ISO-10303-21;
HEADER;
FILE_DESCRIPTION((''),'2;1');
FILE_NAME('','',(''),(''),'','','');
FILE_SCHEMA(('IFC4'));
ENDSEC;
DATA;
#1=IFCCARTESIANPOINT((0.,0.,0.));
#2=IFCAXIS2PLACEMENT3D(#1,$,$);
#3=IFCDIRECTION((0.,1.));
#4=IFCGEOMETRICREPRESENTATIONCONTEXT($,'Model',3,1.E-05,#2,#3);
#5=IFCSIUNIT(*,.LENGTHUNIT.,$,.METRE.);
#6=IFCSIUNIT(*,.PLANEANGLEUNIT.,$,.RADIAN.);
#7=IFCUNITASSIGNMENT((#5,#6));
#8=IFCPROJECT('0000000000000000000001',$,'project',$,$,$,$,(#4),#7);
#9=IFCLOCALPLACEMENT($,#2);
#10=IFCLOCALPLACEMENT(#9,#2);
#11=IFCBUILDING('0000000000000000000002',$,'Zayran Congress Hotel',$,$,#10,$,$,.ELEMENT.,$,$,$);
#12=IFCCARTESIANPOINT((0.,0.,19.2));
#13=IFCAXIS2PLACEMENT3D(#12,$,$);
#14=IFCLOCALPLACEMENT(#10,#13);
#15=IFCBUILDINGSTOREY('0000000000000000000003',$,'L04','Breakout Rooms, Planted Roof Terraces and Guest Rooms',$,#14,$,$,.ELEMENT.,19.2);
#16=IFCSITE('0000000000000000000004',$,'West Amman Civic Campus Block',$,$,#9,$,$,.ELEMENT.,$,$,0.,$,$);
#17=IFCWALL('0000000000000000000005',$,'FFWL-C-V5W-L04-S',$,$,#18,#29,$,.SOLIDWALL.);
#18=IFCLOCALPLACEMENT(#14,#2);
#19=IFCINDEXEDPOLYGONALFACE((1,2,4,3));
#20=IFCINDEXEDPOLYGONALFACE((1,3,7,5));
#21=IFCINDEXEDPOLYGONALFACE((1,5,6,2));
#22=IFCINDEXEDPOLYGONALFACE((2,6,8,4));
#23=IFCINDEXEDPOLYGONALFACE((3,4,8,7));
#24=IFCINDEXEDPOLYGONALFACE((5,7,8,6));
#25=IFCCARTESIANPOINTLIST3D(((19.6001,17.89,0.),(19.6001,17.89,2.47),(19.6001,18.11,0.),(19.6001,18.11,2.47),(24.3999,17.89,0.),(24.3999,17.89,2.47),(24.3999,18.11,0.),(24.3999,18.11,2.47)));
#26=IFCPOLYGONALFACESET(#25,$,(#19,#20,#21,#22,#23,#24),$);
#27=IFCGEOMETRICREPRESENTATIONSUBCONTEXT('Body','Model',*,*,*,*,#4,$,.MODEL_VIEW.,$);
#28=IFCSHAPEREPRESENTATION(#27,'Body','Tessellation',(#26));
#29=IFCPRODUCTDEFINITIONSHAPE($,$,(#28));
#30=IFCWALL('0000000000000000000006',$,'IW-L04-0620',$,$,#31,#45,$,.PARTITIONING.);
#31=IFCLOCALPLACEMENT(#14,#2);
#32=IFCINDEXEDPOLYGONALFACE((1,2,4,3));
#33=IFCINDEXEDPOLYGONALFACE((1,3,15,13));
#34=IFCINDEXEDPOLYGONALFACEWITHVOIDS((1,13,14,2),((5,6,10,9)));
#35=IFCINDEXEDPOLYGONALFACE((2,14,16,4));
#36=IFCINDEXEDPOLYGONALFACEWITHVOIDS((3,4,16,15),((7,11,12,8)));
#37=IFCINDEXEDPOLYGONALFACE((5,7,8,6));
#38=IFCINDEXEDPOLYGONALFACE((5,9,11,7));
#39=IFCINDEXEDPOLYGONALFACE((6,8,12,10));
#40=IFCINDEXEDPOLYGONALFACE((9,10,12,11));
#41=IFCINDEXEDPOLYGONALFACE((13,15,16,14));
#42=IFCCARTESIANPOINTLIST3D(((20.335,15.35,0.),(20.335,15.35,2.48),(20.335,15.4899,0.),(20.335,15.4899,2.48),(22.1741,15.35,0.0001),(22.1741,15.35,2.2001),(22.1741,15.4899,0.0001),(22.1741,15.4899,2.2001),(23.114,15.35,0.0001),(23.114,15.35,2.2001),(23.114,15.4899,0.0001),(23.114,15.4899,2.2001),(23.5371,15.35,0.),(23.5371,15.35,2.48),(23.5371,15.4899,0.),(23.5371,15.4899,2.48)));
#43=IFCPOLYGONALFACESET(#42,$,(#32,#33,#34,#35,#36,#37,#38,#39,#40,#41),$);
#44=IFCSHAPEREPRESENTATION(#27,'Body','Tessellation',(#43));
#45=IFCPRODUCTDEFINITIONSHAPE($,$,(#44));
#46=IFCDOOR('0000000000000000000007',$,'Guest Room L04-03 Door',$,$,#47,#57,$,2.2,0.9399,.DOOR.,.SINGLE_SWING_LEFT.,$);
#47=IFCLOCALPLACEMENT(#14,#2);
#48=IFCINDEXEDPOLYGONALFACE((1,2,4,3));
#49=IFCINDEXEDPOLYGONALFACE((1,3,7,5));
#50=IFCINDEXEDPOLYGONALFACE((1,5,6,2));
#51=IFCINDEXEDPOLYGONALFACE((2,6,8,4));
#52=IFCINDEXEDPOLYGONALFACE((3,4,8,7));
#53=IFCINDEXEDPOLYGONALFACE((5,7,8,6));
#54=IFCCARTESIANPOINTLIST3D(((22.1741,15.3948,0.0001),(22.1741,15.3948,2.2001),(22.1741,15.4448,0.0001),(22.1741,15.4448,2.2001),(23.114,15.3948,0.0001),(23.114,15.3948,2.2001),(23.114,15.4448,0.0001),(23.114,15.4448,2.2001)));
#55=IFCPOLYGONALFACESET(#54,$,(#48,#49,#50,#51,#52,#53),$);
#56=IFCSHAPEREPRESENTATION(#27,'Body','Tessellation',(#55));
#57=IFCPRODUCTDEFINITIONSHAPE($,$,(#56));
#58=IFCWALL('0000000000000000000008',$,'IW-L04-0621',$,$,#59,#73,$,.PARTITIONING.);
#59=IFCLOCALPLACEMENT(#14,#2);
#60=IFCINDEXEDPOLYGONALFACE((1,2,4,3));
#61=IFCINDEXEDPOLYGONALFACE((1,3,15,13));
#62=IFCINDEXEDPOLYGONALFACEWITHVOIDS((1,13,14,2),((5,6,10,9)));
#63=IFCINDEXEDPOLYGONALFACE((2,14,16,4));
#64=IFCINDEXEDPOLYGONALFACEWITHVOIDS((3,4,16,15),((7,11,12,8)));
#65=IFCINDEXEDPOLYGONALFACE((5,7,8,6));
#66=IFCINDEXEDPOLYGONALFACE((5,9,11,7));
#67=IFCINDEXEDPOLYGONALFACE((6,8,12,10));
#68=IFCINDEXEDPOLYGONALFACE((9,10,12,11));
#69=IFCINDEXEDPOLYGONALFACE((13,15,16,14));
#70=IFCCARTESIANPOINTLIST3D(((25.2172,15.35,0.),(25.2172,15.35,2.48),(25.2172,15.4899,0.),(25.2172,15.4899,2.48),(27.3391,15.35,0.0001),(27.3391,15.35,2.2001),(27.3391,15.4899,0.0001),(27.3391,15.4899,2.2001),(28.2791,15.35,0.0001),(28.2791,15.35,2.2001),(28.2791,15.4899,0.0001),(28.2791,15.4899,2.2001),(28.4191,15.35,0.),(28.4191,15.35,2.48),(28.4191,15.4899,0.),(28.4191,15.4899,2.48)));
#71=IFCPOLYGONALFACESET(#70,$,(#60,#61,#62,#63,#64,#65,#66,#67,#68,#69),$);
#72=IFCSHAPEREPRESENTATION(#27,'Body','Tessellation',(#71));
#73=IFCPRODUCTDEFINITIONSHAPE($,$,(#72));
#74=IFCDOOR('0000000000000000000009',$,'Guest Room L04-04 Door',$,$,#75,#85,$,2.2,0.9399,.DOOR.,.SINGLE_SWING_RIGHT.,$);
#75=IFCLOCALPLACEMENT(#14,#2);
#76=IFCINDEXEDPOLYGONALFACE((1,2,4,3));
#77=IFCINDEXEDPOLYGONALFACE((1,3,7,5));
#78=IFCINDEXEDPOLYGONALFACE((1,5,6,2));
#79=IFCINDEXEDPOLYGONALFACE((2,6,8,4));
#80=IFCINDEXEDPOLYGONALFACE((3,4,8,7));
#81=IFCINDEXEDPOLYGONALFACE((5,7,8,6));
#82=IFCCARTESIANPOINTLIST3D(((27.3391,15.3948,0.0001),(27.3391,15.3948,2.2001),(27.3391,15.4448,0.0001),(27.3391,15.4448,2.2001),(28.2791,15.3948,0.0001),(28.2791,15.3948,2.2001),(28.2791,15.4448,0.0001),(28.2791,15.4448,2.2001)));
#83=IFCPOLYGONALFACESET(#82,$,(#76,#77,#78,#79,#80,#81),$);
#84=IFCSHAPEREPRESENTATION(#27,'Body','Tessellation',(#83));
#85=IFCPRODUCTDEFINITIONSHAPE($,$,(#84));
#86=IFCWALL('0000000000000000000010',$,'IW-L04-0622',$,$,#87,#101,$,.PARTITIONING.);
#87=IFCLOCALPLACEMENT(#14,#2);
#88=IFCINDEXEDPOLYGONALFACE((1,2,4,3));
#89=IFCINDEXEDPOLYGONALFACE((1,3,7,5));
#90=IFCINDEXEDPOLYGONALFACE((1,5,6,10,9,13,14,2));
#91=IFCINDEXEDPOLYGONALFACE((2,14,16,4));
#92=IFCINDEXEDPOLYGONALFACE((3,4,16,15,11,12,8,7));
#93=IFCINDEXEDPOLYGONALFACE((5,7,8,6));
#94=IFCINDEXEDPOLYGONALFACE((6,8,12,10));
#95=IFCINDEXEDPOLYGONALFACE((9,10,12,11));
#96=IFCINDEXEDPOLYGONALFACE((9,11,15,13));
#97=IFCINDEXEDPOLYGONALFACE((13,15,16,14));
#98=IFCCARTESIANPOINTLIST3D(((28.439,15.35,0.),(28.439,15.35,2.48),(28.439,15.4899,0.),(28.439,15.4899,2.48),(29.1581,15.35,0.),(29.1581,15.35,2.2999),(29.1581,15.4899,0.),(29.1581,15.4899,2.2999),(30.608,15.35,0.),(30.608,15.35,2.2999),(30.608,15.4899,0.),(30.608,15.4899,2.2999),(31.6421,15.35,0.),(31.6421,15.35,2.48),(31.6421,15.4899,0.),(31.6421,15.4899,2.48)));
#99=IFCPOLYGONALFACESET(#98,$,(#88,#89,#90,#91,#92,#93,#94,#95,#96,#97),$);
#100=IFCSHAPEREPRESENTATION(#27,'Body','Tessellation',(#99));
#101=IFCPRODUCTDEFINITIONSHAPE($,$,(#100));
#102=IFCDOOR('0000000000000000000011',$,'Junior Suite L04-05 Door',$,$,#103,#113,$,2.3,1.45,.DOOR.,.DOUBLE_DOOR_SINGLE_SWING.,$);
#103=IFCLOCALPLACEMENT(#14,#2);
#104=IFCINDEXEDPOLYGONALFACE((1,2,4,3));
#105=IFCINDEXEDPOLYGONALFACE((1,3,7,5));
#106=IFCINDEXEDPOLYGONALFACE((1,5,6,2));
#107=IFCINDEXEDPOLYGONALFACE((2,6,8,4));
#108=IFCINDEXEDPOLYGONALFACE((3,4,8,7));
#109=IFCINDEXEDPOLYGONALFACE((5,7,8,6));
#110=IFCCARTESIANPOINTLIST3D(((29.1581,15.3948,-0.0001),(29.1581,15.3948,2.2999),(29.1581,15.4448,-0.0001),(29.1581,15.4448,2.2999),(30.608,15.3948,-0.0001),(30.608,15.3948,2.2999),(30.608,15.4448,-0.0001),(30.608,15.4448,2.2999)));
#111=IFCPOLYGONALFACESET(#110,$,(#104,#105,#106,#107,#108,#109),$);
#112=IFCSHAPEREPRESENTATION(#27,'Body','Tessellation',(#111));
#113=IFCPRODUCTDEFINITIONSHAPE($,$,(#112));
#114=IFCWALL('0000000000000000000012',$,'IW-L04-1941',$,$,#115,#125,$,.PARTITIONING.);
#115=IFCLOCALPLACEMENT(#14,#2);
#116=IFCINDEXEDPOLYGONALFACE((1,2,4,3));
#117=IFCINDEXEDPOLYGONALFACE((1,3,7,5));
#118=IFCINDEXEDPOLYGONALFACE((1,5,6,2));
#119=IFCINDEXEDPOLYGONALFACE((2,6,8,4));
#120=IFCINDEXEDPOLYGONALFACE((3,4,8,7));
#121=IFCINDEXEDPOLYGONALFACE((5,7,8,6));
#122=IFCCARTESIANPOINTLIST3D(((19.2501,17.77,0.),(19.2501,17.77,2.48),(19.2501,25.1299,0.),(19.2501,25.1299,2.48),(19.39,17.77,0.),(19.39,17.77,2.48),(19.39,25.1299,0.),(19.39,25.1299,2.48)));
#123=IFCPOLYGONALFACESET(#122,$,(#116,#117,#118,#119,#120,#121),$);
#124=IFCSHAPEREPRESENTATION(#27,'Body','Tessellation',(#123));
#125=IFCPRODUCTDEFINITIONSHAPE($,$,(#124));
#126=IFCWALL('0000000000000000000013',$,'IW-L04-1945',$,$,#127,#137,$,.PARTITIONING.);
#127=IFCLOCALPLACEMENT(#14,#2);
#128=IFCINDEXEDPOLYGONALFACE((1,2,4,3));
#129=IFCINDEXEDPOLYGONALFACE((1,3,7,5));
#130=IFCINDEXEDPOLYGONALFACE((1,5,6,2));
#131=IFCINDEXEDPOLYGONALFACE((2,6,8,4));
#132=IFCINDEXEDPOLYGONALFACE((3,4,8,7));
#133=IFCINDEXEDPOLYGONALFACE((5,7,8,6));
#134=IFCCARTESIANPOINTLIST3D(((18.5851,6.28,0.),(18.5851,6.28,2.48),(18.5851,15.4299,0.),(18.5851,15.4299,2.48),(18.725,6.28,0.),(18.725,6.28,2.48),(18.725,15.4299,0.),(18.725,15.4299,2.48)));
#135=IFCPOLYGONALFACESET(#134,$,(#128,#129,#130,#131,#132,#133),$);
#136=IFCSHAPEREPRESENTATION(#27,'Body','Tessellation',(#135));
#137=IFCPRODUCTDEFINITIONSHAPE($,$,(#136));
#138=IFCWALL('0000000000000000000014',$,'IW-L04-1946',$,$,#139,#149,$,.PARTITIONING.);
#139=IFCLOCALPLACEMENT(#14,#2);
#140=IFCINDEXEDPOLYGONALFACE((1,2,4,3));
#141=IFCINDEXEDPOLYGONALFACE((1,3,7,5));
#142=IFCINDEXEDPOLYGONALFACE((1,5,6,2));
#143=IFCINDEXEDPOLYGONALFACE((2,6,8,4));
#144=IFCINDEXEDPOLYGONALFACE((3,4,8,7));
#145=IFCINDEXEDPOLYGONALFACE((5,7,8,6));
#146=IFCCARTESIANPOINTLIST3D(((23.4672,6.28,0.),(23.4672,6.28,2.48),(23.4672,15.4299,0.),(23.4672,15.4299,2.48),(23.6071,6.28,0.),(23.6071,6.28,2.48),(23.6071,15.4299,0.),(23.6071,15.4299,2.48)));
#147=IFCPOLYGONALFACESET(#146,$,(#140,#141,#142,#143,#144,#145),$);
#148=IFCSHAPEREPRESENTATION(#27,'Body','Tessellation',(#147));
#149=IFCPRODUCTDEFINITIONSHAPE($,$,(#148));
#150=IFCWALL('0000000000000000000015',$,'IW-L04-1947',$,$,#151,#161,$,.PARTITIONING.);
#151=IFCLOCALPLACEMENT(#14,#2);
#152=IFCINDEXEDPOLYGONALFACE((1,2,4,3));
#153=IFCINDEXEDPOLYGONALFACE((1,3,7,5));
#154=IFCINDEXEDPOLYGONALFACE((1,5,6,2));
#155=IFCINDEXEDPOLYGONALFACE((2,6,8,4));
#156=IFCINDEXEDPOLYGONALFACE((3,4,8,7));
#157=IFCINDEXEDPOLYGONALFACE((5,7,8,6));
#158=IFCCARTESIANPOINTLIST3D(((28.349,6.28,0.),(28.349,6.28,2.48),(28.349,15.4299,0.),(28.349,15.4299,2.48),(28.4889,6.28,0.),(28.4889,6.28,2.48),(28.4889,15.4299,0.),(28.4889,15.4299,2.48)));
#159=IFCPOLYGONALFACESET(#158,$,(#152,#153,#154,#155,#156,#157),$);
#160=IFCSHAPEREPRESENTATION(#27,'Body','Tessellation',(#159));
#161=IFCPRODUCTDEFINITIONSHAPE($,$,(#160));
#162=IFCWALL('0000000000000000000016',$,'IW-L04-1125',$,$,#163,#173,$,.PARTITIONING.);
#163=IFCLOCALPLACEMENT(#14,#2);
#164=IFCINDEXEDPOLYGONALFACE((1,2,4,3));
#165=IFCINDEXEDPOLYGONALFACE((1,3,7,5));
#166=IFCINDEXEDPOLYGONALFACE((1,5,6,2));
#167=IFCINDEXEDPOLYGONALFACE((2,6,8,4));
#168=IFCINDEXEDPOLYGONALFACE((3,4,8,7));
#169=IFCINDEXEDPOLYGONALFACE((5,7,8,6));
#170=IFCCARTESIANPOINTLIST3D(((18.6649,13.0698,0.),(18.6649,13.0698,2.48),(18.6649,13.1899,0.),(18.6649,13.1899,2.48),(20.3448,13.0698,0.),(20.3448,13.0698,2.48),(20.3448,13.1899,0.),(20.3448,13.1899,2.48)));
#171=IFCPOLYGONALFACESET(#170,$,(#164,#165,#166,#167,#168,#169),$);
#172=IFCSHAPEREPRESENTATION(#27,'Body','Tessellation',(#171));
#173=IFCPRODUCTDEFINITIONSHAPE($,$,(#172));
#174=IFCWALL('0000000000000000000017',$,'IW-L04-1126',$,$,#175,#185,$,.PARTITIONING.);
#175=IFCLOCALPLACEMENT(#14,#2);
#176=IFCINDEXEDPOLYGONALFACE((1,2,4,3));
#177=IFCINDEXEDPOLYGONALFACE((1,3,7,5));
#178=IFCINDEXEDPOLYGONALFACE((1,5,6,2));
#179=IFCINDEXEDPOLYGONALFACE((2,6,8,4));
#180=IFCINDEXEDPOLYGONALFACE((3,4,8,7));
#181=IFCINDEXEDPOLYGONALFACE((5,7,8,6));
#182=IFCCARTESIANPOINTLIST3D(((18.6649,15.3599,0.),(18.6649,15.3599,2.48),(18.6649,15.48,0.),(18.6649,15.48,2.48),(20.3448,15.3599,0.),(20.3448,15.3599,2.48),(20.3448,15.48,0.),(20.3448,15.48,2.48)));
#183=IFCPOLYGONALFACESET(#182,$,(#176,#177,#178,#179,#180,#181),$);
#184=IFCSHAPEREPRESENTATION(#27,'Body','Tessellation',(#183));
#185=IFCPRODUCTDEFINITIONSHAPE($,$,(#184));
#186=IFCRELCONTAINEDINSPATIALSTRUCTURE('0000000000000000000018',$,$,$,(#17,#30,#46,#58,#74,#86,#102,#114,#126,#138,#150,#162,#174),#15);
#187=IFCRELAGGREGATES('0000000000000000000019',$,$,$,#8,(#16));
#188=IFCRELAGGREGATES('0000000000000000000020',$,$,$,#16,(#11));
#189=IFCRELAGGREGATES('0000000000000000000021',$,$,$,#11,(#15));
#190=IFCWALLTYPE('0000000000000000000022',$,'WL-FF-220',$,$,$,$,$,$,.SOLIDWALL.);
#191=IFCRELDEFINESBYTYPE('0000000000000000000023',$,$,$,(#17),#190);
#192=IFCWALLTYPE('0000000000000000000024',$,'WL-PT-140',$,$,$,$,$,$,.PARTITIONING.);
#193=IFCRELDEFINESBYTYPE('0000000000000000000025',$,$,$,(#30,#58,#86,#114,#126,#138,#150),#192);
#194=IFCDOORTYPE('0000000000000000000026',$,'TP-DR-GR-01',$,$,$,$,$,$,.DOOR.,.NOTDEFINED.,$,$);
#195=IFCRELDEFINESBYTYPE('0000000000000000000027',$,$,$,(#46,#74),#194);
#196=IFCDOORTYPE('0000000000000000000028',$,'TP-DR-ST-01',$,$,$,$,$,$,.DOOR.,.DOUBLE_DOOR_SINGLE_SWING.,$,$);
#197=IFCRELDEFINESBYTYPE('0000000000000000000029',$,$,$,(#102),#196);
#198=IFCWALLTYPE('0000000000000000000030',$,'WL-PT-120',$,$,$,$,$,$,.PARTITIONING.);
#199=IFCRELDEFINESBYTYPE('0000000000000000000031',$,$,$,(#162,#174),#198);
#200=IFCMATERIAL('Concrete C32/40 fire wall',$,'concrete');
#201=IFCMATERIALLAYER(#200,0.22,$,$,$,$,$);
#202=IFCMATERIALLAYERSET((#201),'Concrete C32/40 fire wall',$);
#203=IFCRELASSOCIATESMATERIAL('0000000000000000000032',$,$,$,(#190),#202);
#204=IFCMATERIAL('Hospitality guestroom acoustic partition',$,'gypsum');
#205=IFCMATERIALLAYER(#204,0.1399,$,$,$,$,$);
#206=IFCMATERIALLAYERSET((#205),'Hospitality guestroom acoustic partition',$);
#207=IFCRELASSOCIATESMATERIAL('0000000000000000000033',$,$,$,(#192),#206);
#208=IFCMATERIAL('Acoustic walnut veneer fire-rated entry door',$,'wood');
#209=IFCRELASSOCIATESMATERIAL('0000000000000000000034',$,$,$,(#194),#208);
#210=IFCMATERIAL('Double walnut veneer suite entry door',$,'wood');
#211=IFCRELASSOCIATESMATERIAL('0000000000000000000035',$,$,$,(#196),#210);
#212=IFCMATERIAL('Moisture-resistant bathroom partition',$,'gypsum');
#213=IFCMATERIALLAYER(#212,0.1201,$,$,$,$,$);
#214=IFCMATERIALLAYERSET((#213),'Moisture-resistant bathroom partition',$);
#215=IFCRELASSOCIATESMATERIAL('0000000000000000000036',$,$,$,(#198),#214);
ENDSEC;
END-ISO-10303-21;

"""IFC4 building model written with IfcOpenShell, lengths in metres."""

from ifc_helpers import new_model, si_unit, direction, frame, frame_2d, origin, place, context, subcontext, project, spatial, rectangle, extrude, material, layer, layer_set, type_object, element, fill, save


model = new_model("IFC4")

# Units and contexts
model_context = context("Model", 3, precision=1e-05, world=origin(), true_north=direction((0.0, 1.0)))
body_context = subcontext(model_context, "Body", "Model", "MODEL_VIEW")
ifc_project = project(units=[si_unit("LENGTHUNIT", "METRE"), si_unit("PLANEANGLEUNIT", "RADIAN")], contexts=[model_context])

# Site, building, storey
site_placement = place(None, origin())
site = spatial("IfcSite", under=ifc_project, at=site_placement, Name="West Amman Civic Campus Block", CompositionType="ELEMENT", RefElevation=0.0)
building_placement = place(site_placement, origin())
building = spatial("IfcBuilding", under=site, at=building_placement, Name="Zayran Congress Hotel", CompositionType="ELEMENT")
storey_placement = place(building_placement, frame((0.0, 0.0, 19.2)))
storey = spatial("IfcBuildingStorey", under=building, at=storey_placement, Name="L04", Description="Breakout Rooms, Planted Roof Terraces and Guest Rooms", CompositionType="ELEMENT", Elevation=19.2)

# Wall
ifc_material_1 = material(Name="Concrete C32/40 fire wall", Category="concrete")
ifc_layer_1 = layer(ifc_material_1, 0.22)
ifc_layer_set_1 = layer_set([ifc_layer_1], Name="Concrete C32/40 fire wall")
wall_type_1 = type_object("IfcWallType", Name="WL-FF-220", PredefinedType="SOLIDWALL", material=ifc_layer_set_1)
wall_1_placement = place(storey_placement, frame((19.6001, 18.0, 0.0), z_axis=(0.0, 0.0, 1.0), x_axis=(1.0, 0.0, 0.0)))
element("IfcWall", 1, at=wall_1_placement, inside=storey, type_object=wall_type_1, Name="FFWL-C-V5W-L04-S", PredefinedType="SOLIDWALL", context=body_context, shape_type="SweptSolid", body=[
    extrude(rectangle(XDim=4.7998, YDim=0.22, at=frame_2d((2.3999, 0.0))), origin(), (0.0, 0.0, 1.0), 2.47),
])

# Walls, openings, doors
ifc_material_2 = material(Name="Hospitality guestroom acoustic partition", Category="gypsum")
ifc_layer_2 = layer(ifc_material_2, 0.1399)
ifc_layer_set_2 = layer_set([ifc_layer_2], Name="Hospitality guestroom acoustic partition")
wall_type_2 = type_object("IfcWallType", Name="WL-PT-140", PredefinedType="PARTITIONING", material=ifc_layer_set_2)
wall_2_placement = place(storey_placement, frame((20.335, 15.4199, 0.0), z_axis=(0.0, 0.0, 1.0), x_axis=(1.0, 0.0, 0.0)))
wall_2 = element("IfcWall", 2, at=wall_2_placement, inside=storey, type_object=wall_type_2, Name="IW-L04-0620", PredefinedType="PARTITIONING", context=body_context, shape_type="SweptSolid", body=[
    extrude(rectangle(XDim=3.2021, YDim=0.1399, at=frame_2d((1.6011, 0.0))), origin(), (0.0, 0.0, 1.0), 2.48),
])
opening_1_placement = place(wall_2_placement, frame((1.8391, 0.0, 0.0)))
opening_1 = element("IfcOpeningElement", 3, at=opening_1_placement, cuts=wall_2, PredefinedType="OPENING", context=body_context, shape_type="SweptSolid", body=[
    extrude(rectangle(XDim=0.9399, YDim=2.2, at=frame_2d((0.47, 1.1001))), frame((0.0, 0.0798, 0.0), z_axis=(0.0, -1.0, 0.0), x_axis=(1.0, 0.0, 0.0)), (0.0, 0.0, 1.0), 0.1599),
])
ifc_material_3 = material(Name="Acoustic walnut veneer fire-rated entry door", Category="wood")
door_type_1 = type_object("IfcDoorType", Name="TP-DR-GR-01", OperationType="NOTDEFINED", PredefinedType="DOOR", material=ifc_material_3)
door_1_placement = place(opening_1_placement, origin())
door_1 = element("IfcDoor", 4, at=door_1_placement, inside=storey, type_object=door_type_1, Name="Guest Room L04-03 Door", OperationType="SINGLE_SWING_LEFT", OverallHeight=2.2, OverallWidth=0.9399, PredefinedType="DOOR", context=body_context, shape_type="SweptSolid", body=[
    extrude(rectangle(XDim=0.9399, YDim=2.2, at=frame_2d((0.47, 1.1001))), frame((0.0, 0.0249, 0.0), z_axis=(0.0, -1.0, 0.0), x_axis=(1.0, 0.0, 0.0)), (0.0, 0.0, 1.0), 0.05),
])
fill(opening_1, door_1)
wall_3_placement = place(storey_placement, frame((25.217, 15.4199, 0.0), z_axis=(0.0, 0.0, 1.0), x_axis=(1.0, 0.0, 0.0)))
wall_3 = element("IfcWall", 5, at=wall_3_placement, inside=storey, type_object=wall_type_2, Name="IW-L04-0621", PredefinedType="PARTITIONING", context=body_context, shape_type="SweptSolid", body=[
    extrude(rectangle(XDim=3.2019, YDim=0.1399, at=frame_2d((1.6011, 0.0))), origin(), (0.0, 0.0, 1.0), 2.48),
])
opening_2_placement = place(wall_3_placement, frame((2.1221, 0.0, 0.0)))
opening_2 = element("IfcOpeningElement", 6, at=opening_2_placement, cuts=wall_3, PredefinedType="OPENING", context=body_context, shape_type="SweptSolid", body=[
    extrude(rectangle(XDim=0.9399, YDim=2.2, at=frame_2d((0.47, 1.1001))), frame((0.0, 0.0798, 0.0), z_axis=(0.0, -1.0, 0.0), x_axis=(1.0, 0.0, 0.0)), (0.0, 0.0, 1.0), 0.1599),
])
door_2_placement = place(opening_2_placement, origin())
door_2 = element("IfcDoor", 7, at=door_2_placement, inside=storey, type_object=door_type_1, Name="Guest Room L04-04 Door", OperationType="SINGLE_SWING_RIGHT", OverallHeight=2.2, OverallWidth=0.9399, PredefinedType="DOOR", context=body_context, shape_type="SweptSolid", body=[
    extrude(rectangle(XDim=0.9399, YDim=2.2, at=frame_2d((0.47, 1.1001))), frame((0.0, 0.0249, 0.0), z_axis=(0.0, -1.0, 0.0), x_axis=(1.0, 0.0, 0.0)), (0.0, 0.0, 1.0), 0.05),
])
fill(opening_2, door_2)
wall_4_placement = place(storey_placement, frame((28.439, 15.4199, 0.0), z_axis=(0.0, 0.0, 1.0), x_axis=(1.0, 0.0, 0.0)))
wall_4 = element("IfcWall", 8, at=wall_4_placement, inside=storey, type_object=wall_type_2, Name="IW-L04-0622", PredefinedType="PARTITIONING", context=body_context, shape_type="SweptSolid", body=[
    extrude(rectangle(XDim=3.2031, YDim=0.1399, at=frame_2d((1.6016, 0.0))), origin(), (0.0, 0.0, 1.0), 2.48),
])
opening_3_placement = place(wall_4_placement, frame((0.719, 0.0, 0.0)))
opening_3 = element("IfcOpeningElement", 9, at=opening_3_placement, cuts=wall_4, PredefinedType="OPENING", context=body_context, shape_type="SweptSolid", body=[
    extrude(rectangle(XDim=1.45, YDim=2.3, at=frame_2d((0.7251, 1.1499))), frame((0.0, 0.0798, 0.0), z_axis=(0.0, -1.0, 0.0), x_axis=(1.0, 0.0, 0.0)), (0.0, 0.0, 1.0), 0.1599),
])
ifc_material_4 = material(Name="Double walnut veneer suite entry door", Category="wood")
door_type_2 = type_object("IfcDoorType", Name="TP-DR-ST-01", OperationType="DOUBLE_DOOR_SINGLE_SWING", PredefinedType="DOOR", material=ifc_material_4)
door_3_placement = place(opening_3_placement, origin())
door_3 = element("IfcDoor", 10, at=door_3_placement, inside=storey, type_object=door_type_2, Name="Junior Suite L04-05 Door", OperationType="DOUBLE_DOOR_SINGLE_SWING", OverallHeight=2.3, OverallWidth=1.45, PredefinedType="DOOR", context=body_context, shape_type="SweptSolid", body=[
    extrude(rectangle(XDim=1.45, YDim=2.3, at=frame_2d((0.7251, 1.1499))), frame((0.0, 0.0249, 0.0), z_axis=(0.0, -1.0, 0.0), x_axis=(1.0, 0.0, 0.0)), (0.0, 0.0, 1.0), 0.05),
])
fill(opening_3, door_3)

# Walls
wall_5_placement = place(storey_placement, frame((19.3201, 17.77, 0.0), z_axis=(0.0, 0.0, 1.0), x_axis=(0.0, 1.0, 0.0)))
element("IfcWall", 11, at=wall_5_placement, inside=storey, type_object=wall_type_2, Name="IW-L04-1941", PredefinedType="PARTITIONING", context=body_context, shape_type="SweptSolid", body=[
    extrude(rectangle(XDim=7.3599, YDim=0.1399, at=frame_2d((3.6799, 0.0))), origin(), (0.0, 0.0, 1.0), 2.48),
])
for number, where, z_axis, x_axis, name in (
    (12, (18.655, 6.28, 0.0), (0.0, 0.0, 1.0), (0.0, 1.0, 0.0), "IW-L04-1945"),
    (13, (23.5371, 6.28, 0.0), (0.0, 0.0, 1.0), (0.0, 1.0, 0.0), "IW-L04-1946"),
    (14, (28.4189, 6.28, 0.0), (0.0, 0.0, 1.0), (0.0, 1.0, 0.0), "IW-L04-1947"),
):
    element("IfcWall", number, at=place(storey_placement, frame(where, z_axis=z_axis, x_axis=x_axis)), inside=storey, type_object=wall_type_2, Name=name, PredefinedType="PARTITIONING", context=body_context, shape_type="SweptSolid", body=[
        extrude(rectangle(XDim=9.1499, YDim=0.1399, at=frame_2d((4.575, 0.0))), origin(), (0.0, 0.0, 1.0), 2.48),
    ])

# Shared definitions
ifc_material_5 = material(Name="Moisture-resistant bathroom partition", Category="gypsum")
ifc_layer_3 = layer(ifc_material_5, 0.1201)
ifc_layer_set_3 = layer_set([ifc_layer_3], Name="Moisture-resistant bathroom partition")
wall_type_3 = type_object("IfcWallType", Name="WL-PT-120", PredefinedType="PARTITIONING", material=ifc_layer_set_3)

# Walls
for number, where, z_axis, x_axis, name in (
    (15, (18.665, 13.1299, 0.0), (0.0, 0.0, 1.0), (1.0, 0.0, 0.0), "IW-L04-1125"),
    (16, (18.665, 15.4199, 0.0), (0.0, 0.0, 1.0), (1.0, 0.0, 0.0), "IW-L04-1126"),
):
    element("IfcWall", number, at=place(storey_placement, frame(where, z_axis=z_axis, x_axis=x_axis)), inside=storey, type_object=wall_type_3, Name=name, PredefinedType="PARTITIONING", context=body_context, shape_type="SweptSolid", body=[
        extrude(rectangle(XDim=1.6799, YDim=0.1201, at=frame_2d((0.8398, 0.0))), origin(), (0.0, 0.0, 1.0), 2.48),
    ])

save(model, "model.ifc")
